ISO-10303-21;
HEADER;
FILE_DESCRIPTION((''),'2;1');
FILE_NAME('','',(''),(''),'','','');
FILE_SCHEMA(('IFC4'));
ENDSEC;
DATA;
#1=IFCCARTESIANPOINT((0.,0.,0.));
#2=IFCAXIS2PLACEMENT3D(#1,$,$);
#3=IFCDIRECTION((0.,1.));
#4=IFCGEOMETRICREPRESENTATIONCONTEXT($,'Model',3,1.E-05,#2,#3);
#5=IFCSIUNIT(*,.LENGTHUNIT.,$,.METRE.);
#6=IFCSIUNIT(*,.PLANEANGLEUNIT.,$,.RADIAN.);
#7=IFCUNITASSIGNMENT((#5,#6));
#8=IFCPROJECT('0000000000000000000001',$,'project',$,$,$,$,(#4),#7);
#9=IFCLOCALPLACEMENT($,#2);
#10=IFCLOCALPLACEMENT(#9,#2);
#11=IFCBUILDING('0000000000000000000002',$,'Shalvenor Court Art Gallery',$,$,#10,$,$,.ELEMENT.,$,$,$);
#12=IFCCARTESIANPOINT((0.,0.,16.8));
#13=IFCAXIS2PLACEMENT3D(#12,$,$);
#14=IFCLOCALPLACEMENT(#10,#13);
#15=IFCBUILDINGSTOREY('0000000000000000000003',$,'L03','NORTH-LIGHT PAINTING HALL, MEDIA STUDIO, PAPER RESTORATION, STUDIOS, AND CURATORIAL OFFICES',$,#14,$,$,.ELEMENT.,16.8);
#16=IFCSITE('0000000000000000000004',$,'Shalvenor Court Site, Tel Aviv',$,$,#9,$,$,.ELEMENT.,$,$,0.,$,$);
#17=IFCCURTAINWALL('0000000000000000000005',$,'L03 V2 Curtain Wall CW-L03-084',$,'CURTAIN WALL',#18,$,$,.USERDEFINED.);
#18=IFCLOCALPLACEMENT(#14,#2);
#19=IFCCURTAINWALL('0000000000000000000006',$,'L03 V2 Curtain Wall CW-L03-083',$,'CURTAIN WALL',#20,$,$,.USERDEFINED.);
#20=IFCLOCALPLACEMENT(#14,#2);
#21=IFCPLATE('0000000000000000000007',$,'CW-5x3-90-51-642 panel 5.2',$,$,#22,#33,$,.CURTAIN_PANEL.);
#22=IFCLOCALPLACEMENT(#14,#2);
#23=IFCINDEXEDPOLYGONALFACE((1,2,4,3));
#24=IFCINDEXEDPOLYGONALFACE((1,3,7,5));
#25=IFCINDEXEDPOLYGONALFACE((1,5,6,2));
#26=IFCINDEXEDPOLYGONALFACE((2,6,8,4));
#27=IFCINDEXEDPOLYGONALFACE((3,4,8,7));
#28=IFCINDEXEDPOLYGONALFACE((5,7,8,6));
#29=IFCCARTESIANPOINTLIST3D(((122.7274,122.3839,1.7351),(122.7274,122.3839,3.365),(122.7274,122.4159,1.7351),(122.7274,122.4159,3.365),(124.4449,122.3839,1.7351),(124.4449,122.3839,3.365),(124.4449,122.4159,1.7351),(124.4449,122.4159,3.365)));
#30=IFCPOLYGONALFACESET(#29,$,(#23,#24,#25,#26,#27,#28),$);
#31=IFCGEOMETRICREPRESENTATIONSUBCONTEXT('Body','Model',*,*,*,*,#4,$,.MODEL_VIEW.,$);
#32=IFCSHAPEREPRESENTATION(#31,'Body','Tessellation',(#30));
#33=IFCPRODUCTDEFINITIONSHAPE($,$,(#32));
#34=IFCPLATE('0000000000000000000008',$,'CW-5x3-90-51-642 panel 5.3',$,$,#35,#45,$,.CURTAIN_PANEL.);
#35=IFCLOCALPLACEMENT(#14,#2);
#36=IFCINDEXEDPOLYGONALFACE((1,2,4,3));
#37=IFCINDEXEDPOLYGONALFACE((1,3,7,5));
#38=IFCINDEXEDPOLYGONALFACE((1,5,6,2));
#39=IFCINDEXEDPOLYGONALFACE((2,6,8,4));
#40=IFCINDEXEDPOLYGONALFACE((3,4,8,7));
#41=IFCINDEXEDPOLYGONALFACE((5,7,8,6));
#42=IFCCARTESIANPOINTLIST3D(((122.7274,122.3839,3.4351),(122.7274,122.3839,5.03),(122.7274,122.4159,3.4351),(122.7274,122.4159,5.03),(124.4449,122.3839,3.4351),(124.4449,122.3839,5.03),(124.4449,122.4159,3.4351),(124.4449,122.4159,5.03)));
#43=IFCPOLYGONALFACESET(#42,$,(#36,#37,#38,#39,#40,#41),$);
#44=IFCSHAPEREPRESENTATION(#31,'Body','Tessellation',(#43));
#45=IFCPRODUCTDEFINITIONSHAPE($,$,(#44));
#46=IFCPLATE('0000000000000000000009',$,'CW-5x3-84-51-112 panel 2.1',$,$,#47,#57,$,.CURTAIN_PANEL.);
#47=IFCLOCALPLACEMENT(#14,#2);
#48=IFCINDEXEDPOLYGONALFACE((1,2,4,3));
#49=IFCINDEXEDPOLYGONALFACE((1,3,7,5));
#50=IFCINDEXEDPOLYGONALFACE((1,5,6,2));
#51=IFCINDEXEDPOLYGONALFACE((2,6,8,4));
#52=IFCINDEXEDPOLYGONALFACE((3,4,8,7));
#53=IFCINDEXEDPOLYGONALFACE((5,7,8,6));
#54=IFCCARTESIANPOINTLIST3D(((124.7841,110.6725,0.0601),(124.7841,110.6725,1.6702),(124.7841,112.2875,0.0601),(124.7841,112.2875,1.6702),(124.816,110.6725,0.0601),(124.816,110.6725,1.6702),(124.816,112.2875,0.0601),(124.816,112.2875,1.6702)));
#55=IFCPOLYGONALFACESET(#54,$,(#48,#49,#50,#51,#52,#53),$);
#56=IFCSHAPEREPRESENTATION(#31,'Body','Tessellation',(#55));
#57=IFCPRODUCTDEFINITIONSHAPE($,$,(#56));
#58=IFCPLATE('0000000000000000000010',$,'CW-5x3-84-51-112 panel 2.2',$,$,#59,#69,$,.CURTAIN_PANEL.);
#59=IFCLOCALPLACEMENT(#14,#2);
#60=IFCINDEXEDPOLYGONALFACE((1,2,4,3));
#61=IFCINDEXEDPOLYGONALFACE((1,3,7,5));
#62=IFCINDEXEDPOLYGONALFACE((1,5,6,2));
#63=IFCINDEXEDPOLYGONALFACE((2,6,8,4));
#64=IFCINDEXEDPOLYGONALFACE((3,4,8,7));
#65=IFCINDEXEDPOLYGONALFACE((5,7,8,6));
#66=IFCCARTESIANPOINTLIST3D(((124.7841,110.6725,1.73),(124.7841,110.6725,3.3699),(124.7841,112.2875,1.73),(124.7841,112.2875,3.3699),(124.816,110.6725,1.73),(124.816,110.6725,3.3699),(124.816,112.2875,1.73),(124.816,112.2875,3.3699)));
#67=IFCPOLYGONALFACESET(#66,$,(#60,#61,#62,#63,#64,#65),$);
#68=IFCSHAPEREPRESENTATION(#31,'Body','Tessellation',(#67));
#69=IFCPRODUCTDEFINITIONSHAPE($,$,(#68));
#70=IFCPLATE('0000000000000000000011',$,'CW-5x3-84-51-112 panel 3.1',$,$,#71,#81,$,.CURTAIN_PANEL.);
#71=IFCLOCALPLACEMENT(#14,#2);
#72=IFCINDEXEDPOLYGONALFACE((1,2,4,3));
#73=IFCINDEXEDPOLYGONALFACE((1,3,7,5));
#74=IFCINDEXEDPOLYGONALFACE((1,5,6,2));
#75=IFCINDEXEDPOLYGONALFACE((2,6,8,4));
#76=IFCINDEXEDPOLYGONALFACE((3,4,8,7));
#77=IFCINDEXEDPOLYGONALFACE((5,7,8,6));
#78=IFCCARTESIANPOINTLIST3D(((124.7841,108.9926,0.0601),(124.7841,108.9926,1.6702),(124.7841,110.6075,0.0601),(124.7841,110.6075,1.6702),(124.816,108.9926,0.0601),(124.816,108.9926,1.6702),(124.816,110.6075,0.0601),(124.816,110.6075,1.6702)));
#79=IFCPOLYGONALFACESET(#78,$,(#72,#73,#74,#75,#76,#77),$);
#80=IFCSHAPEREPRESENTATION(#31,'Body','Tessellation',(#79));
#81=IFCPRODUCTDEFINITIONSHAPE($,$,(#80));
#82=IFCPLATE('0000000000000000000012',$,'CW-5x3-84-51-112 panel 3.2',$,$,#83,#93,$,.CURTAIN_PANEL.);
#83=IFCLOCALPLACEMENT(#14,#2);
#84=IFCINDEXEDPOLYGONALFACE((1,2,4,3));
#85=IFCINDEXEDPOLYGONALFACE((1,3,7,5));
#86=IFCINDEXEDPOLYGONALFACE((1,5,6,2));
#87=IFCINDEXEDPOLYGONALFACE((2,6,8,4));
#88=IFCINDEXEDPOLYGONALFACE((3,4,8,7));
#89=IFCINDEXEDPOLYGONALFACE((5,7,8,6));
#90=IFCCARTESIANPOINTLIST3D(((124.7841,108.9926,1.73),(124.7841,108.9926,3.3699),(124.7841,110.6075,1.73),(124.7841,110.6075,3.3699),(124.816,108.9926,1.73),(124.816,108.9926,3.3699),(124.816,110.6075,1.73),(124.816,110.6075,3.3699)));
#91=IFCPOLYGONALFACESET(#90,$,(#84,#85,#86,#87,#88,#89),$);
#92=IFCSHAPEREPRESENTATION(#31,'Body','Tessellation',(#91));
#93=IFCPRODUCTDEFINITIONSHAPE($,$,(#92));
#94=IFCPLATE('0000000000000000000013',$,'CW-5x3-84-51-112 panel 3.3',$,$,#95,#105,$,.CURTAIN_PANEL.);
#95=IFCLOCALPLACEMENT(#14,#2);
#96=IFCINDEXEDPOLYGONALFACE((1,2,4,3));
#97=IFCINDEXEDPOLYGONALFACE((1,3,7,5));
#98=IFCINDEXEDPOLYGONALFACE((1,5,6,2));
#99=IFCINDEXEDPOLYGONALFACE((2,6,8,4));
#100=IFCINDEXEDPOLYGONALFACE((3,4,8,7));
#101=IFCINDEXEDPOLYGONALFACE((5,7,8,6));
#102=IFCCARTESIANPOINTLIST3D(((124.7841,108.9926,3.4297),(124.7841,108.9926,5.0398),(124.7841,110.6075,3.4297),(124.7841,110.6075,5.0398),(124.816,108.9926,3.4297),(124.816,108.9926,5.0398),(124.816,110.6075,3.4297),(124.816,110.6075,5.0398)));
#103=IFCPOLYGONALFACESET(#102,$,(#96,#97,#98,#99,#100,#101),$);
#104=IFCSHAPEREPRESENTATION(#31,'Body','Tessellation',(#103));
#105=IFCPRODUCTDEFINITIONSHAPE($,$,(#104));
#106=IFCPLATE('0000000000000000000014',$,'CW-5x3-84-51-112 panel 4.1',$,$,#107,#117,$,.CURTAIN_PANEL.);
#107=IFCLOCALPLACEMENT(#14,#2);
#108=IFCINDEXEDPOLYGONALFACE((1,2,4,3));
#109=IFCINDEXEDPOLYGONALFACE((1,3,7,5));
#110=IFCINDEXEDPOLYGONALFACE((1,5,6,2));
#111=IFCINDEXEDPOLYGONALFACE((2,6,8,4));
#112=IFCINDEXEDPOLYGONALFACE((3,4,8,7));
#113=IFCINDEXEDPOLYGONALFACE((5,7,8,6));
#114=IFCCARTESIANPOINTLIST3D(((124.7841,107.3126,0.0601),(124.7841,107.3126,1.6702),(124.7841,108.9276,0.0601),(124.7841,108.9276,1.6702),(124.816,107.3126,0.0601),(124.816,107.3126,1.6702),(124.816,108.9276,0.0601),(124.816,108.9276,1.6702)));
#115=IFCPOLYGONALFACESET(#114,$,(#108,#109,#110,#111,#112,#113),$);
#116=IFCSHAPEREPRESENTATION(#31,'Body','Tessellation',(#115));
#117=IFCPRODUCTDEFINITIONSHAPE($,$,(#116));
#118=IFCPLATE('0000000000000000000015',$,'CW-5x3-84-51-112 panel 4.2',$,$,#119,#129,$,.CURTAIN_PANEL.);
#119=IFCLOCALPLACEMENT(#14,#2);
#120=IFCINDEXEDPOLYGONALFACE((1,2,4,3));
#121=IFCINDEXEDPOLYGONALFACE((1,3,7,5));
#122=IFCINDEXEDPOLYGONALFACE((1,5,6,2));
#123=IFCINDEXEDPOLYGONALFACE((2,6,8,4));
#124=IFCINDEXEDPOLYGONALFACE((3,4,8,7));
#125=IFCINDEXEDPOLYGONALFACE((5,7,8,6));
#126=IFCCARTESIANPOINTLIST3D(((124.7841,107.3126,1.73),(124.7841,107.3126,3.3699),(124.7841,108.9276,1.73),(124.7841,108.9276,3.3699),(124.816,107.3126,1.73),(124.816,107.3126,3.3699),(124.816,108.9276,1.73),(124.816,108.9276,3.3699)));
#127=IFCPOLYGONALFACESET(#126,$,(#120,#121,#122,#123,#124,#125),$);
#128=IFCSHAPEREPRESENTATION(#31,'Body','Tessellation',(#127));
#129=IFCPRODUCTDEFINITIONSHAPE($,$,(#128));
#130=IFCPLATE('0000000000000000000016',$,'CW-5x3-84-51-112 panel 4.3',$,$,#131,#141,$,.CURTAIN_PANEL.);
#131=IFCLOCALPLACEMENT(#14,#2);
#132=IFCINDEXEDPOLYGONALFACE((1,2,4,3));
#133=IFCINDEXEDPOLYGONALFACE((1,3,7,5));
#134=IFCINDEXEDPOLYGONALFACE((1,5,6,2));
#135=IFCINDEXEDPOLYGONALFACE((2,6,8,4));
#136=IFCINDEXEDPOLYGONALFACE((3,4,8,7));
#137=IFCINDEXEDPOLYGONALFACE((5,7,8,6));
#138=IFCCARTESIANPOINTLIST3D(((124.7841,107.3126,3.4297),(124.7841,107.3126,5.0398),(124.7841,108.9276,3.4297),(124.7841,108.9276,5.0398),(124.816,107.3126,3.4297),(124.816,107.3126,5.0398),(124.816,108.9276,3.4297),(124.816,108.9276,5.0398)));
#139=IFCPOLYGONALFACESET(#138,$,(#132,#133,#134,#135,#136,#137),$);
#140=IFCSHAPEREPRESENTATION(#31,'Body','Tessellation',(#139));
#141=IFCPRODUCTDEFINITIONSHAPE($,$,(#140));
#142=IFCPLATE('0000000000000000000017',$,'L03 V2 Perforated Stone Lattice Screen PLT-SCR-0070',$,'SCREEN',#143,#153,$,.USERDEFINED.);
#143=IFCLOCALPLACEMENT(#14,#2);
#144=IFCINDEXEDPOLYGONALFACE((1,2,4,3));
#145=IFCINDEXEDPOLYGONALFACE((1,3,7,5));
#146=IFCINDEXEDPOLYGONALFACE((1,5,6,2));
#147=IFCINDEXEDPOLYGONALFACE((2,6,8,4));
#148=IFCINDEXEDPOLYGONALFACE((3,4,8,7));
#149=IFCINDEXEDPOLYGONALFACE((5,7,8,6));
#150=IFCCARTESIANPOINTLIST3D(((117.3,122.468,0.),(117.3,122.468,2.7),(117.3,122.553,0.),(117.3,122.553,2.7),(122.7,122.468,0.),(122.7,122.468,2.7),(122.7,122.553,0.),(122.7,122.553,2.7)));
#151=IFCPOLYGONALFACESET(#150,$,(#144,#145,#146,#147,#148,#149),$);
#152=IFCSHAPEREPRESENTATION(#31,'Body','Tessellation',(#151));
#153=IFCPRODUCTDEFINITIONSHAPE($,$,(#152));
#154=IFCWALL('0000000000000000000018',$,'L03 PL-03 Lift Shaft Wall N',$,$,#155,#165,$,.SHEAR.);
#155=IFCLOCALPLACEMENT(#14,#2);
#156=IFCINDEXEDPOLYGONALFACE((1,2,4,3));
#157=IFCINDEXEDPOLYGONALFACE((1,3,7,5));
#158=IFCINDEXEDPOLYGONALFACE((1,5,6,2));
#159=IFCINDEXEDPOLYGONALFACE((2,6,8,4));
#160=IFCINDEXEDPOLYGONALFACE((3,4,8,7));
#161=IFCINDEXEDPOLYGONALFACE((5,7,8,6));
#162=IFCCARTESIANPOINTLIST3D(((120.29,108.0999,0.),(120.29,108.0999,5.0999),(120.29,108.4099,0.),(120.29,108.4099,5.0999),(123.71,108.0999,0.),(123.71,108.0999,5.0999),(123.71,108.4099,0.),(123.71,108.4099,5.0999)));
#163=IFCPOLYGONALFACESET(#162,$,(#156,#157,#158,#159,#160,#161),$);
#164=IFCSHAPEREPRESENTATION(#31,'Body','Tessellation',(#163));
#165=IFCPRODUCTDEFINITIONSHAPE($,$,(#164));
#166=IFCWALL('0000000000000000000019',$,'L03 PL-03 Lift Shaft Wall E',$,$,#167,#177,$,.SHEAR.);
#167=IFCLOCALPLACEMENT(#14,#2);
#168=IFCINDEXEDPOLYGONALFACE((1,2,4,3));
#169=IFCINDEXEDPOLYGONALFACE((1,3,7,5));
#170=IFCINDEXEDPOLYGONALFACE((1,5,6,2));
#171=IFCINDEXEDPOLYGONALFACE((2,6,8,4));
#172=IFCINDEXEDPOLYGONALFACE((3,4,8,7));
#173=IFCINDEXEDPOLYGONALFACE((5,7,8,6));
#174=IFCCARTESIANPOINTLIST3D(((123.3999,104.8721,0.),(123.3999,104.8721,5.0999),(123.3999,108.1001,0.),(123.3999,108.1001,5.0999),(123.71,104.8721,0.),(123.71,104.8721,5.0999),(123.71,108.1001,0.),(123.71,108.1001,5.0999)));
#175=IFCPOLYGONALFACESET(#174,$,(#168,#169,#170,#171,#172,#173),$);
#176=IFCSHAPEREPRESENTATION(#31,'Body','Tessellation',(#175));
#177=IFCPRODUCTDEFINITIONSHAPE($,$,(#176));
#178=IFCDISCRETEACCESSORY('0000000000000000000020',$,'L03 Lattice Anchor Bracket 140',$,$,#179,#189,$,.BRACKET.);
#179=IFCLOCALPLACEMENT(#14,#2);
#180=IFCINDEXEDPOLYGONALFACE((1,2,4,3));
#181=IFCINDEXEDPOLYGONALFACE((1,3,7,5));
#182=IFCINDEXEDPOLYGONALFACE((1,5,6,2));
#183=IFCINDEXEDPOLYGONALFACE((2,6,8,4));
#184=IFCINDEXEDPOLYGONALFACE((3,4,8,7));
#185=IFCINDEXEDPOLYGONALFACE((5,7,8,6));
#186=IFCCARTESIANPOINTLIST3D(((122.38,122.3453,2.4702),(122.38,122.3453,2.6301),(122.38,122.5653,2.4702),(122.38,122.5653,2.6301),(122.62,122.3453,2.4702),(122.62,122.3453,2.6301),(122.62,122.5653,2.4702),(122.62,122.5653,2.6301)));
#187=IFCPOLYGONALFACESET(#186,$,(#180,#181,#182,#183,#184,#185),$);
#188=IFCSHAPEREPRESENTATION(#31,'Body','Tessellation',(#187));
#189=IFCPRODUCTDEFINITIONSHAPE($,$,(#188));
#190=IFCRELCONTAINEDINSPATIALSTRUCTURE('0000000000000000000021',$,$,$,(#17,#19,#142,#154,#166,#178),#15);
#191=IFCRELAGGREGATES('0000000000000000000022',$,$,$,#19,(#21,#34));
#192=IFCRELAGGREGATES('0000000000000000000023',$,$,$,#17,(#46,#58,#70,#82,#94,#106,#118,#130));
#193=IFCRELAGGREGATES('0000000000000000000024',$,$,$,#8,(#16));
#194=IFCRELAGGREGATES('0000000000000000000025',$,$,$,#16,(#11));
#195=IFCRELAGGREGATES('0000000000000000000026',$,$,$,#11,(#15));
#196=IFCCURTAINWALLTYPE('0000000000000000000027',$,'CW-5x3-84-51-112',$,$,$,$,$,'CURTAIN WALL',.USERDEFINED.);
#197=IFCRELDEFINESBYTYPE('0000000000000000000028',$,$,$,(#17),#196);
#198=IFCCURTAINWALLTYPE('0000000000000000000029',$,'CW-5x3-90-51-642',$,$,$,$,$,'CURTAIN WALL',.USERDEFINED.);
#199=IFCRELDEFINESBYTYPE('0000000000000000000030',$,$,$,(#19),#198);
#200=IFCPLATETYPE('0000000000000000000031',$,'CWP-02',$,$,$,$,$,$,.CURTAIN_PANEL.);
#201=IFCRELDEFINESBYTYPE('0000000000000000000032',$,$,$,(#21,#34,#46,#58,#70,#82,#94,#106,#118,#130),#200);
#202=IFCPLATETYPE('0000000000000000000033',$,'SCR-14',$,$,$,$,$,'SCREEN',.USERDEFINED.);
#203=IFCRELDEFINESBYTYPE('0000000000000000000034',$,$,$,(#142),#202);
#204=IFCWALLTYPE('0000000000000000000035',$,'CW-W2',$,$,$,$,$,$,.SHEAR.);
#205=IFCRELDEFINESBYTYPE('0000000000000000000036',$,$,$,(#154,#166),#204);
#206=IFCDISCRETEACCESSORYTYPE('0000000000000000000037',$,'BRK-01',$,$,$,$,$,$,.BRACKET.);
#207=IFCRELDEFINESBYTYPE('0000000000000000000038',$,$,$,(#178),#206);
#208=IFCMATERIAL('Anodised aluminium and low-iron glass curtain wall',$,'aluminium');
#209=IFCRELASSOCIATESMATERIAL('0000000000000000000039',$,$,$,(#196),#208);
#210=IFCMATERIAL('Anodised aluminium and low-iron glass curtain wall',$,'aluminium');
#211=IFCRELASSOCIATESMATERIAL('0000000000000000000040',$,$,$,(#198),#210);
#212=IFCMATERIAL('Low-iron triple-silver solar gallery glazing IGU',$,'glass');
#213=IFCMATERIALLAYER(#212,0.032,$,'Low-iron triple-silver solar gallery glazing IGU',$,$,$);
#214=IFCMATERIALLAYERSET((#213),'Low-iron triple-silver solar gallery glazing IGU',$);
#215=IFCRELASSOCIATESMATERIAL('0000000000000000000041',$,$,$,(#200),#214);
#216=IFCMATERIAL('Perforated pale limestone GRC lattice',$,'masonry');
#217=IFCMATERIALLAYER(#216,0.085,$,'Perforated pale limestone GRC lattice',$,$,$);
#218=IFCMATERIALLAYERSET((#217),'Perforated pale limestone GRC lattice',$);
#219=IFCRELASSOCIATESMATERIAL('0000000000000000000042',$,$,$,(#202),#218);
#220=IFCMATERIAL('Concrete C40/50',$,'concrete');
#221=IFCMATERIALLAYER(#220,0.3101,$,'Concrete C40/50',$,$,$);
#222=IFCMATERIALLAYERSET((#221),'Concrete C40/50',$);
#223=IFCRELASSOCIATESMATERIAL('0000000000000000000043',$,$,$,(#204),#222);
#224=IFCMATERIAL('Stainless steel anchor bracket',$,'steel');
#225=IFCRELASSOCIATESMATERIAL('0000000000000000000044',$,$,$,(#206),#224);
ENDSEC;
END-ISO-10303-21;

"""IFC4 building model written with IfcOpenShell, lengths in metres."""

from ifc_helpers import new_model, si_unit, direction, frame, frame_2d, origin, origin_2d, place, context, subcontext, project, spatial, rectangle, extrude, material, layer, layer_set, type_object, element, aggregate, save


model = new_model("IFC4")

# Units and contexts
model_context = context("Model", 3, precision=1e-05, world=origin(), true_north=direction((0.0, 1.0)))
body_context = subcontext(model_context, "Body", "Model", "MODEL_VIEW")
ifc_project = project(units=[si_unit("LENGTHUNIT", "METRE"), si_unit("PLANEANGLEUNIT", "RADIAN")], contexts=[model_context])

# Site, building, storey
site_placement = place(None, origin())
site = spatial("IfcSite", under=ifc_project, at=site_placement, Name="Shalvenor Court Site, Tel Aviv", CompositionType="ELEMENT", RefElevation=0.0)
building_placement = place(site_placement, origin())
building = spatial("IfcBuilding", under=site, at=building_placement, Name="Shalvenor Court Art Gallery", CompositionType="ELEMENT")
storey_placement = place(building_placement, frame((0.0, 0.0, 16.8)))
storey = spatial("IfcBuildingStorey", under=building, at=storey_placement, Name="L03", Description="NORTH-LIGHT PAINTING HALL, MEDIA STUDIO, PAPER RESTORATION, STUDIOS, AND CURATORIAL OFFICES", CompositionType="ELEMENT", Elevation=16.8)

# Curtain wall
ifc_material_1 = material(Name="Anodised aluminium and low-iron glass curtain wall", Category="aluminium")
curtain_wall_type_1 = type_object("IfcCurtainWallType", Name="CW-5x3-84-51-112", ElementType="CURTAIN WALL", PredefinedType="USERDEFINED", material=ifc_material_1)
curtain_wall_1_placement = place(storey_placement, origin())
curtain_wall_1 = element("IfcCurtainWall", 1, at=curtain_wall_1_placement, inside=storey, type_object=curtain_wall_type_1, Name="L03 V2 Curtain Wall CW-L03-084", ObjectType="CURTAIN WALL", PredefinedType="USERDEFINED")

# Curtain wall, plates
ifc_material_2 = material(Name="Anodised aluminium and low-iron glass curtain wall", Category="aluminium")
curtain_wall_type_2 = type_object("IfcCurtainWallType", Name="CW-5x3-90-51-642", ElementType="CURTAIN WALL", PredefinedType="USERDEFINED", material=ifc_material_2)
curtain_wall_2_placement = place(storey_placement, origin())
curtain_wall_2 = element("IfcCurtainWall", 2, at=curtain_wall_2_placement, inside=storey, type_object=curtain_wall_type_2, Name="L03 V2 Curtain Wall CW-L03-083", ObjectType="CURTAIN WALL", PredefinedType="USERDEFINED")
ifc_material_3 = material(Name="Low-iron triple-silver solar gallery glazing IGU", Category="glass")
ifc_layer_1 = layer(ifc_material_3, 0.032, Name="Low-iron triple-silver solar gallery glazing IGU")
ifc_layer_set_1 = layer_set([ifc_layer_1], Name="Low-iron triple-silver solar gallery glazing IGU")
plate_type_1 = type_object("IfcPlateType", Name="CWP-02", PredefinedType="CURTAIN_PANEL", material=ifc_layer_set_1)
plate_1_placement = place(storey_placement, frame((123.5862, 122.3999, 1.7351), z_axis=(0.0, 0.0, 1.0), x_axis=(1.0, 0.0, 0.0)))
plate_1 = element("IfcPlate", 3, at=plate_1_placement, type_object=plate_type_1, Name="CW-5x3-90-51-642 panel 5.2", PredefinedType="CURTAIN_PANEL", context=body_context, shape_type="SweptSolid", body=[
    extrude(rectangle(XDim=1.7175, YDim=0.032, at=origin_2d()), origin(), (0.0, 0.0, 1.0), 1.6299),
])
plate_2_placement = place(storey_placement, frame((123.5862, 122.3999, 3.4351), z_axis=(0.0, 0.0, 1.0), x_axis=(1.0, 0.0, 0.0)))
plate_2 = element("IfcPlate", 4, at=plate_2_placement, type_object=plate_type_1, Name="CW-5x3-90-51-642 panel 5.3", PredefinedType="CURTAIN_PANEL", context=body_context, shape_type="SweptSolid", body=[
    extrude(rectangle(XDim=1.7175, YDim=0.032, at=origin_2d()), origin(), (0.0, 0.0, 1.0), 1.595),
])
aggregate(curtain_wall_2, [plate_1, plate_2])

# Plates
plate_3_placement = place(storey_placement, frame((124.8, 111.48, 0.0601), z_axis=(0.0, 0.0, 1.0), x_axis=(0.0, -1.0, 0.0)))
plate_3 = element("IfcPlate", 5, at=plate_3_placement, type_object=plate_type_1, Name="CW-5x3-84-51-112 panel 2.1", PredefinedType="CURTAIN_PANEL", context=body_context, shape_type="SweptSolid", body=[
    extrude(rectangle(XDim=1.615, YDim=0.032, at=origin_2d()), origin(), (0.0, 0.0, 1.0), 1.6101),
])
plate_4_placement = place(storey_placement, frame((124.8, 111.48, 1.73), z_axis=(0.0, 0.0, 1.0), x_axis=(0.0, -1.0, 0.0)))
plate_4 = element("IfcPlate", 6, at=plate_4_placement, type_object=plate_type_1, Name="CW-5x3-84-51-112 panel 2.2", PredefinedType="CURTAIN_PANEL", context=body_context, shape_type="SweptSolid", body=[
    extrude(rectangle(XDim=1.615, YDim=0.032, at=origin_2d()), origin(), (0.0, 0.0, 1.0), 1.6399),
])
plate_5_placement = place(storey_placement, frame((124.8, 109.8, 0.0601), z_axis=(0.0, 0.0, 1.0), x_axis=(0.0, -1.0, 0.0)))
plate_5 = element("IfcPlate", 7, at=plate_5_placement, type_object=plate_type_1, Name="CW-5x3-84-51-112 panel 3.1", PredefinedType="CURTAIN_PANEL", context=body_context, shape_type="SweptSolid", body=[
    extrude(rectangle(XDim=1.615, YDim=0.032, at=origin_2d()), origin(), (0.0, 0.0, 1.0), 1.6101),
])
plate_6_placement = place(storey_placement, frame((124.8, 109.8, 1.73), z_axis=(0.0, 0.0, 1.0), x_axis=(0.0, -1.0, 0.0)))
plate_6 = element("IfcPlate", 8, at=plate_6_placement, type_object=plate_type_1, Name="CW-5x3-84-51-112 panel 3.2", PredefinedType="CURTAIN_PANEL", context=body_context, shape_type="SweptSolid", body=[
    extrude(rectangle(XDim=1.615, YDim=0.032, at=origin_2d()), origin(), (0.0, 0.0, 1.0), 1.6399),
])
plate_7_placement = place(storey_placement, frame((124.8, 109.8, 3.4297), z_axis=(0.0, 0.0, 1.0), x_axis=(0.0, -1.0, 0.0)))
plate_7 = element("IfcPlate", 9, at=plate_7_placement, type_object=plate_type_1, Name="CW-5x3-84-51-112 panel 3.3", PredefinedType="CURTAIN_PANEL", context=body_context, shape_type="SweptSolid", body=[
    extrude(rectangle(XDim=1.615, YDim=0.032, at=origin_2d()), origin(), (0.0, 0.0, 1.0), 1.6101),
])
plate_8_placement = place(storey_placement, frame((124.8, 108.1201, 0.0601), z_axis=(0.0, 0.0, 1.0), x_axis=(0.0, -1.0, 0.0)))
plate_8 = element("IfcPlate", 10, at=plate_8_placement, type_object=plate_type_1, Name="CW-5x3-84-51-112 panel 4.1", PredefinedType="CURTAIN_PANEL", context=body_context, shape_type="SweptSolid", body=[
    extrude(rectangle(XDim=1.615, YDim=0.032, at=origin_2d()), origin(), (0.0, 0.0, 1.0), 1.6101),
])
plate_9_placement = place(storey_placement, frame((124.8, 108.1201, 1.73), z_axis=(0.0, 0.0, 1.0), x_axis=(0.0, -1.0, 0.0)))
plate_9 = element("IfcPlate", 11, at=plate_9_placement, type_object=plate_type_1, Name="CW-5x3-84-51-112 panel 4.2", PredefinedType="CURTAIN_PANEL", context=body_context, shape_type="SweptSolid", body=[
    extrude(rectangle(XDim=1.615, YDim=0.032, at=origin_2d()), origin(), (0.0, 0.0, 1.0), 1.6399),
])
plate_10_placement = place(storey_placement, frame((124.8, 108.1201, 3.4297), z_axis=(0.0, 0.0, 1.0), x_axis=(0.0, -1.0, 0.0)))
plate_10 = element("IfcPlate", 12, at=plate_10_placement, type_object=plate_type_1, Name="CW-5x3-84-51-112 panel 4.3", PredefinedType="CURTAIN_PANEL", context=body_context, shape_type="SweptSolid", body=[
    extrude(rectangle(XDim=1.615, YDim=0.032, at=origin_2d()), origin(), (0.0, 0.0, 1.0), 1.6101),
])
aggregate(curtain_wall_1, [plate_3, plate_4, plate_5, plate_6, plate_7, plate_8, plate_9, plate_10])
ifc_material_4 = material(Name="Perforated pale limestone GRC lattice", Category="masonry")
ifc_layer_2 = layer(ifc_material_4, 0.085, Name="Perforated pale limestone GRC lattice")
ifc_layer_set_2 = layer_set([ifc_layer_2], Name="Perforated pale limestone GRC lattice")
plate_type_2 = type_object("IfcPlateType", Name="SCR-14", ElementType="SCREEN", PredefinedType="USERDEFINED", material=ifc_layer_set_2)
plate_11_placement = place(storey_placement, frame((120.0, 122.5105, 0.0), z_axis=(0.0, 0.0, 1.0), x_axis=(1.0, 0.0, 0.0)))
element("IfcPlate", 13, at=plate_11_placement, inside=storey, type_object=plate_type_2, Name="L03 V2 Perforated Stone Lattice Screen PLT-SCR-0070", ObjectType="SCREEN", PredefinedType="USERDEFINED", context=body_context, shape_type="SweptSolid", body=[
    extrude(rectangle(XDim=5.3999, YDim=0.085, at=origin_2d()), origin(), (0.0, 0.0, 1.0), 2.7),
])

# Walls
ifc_material_5 = material(Name="Concrete C40/50", Category="concrete")
ifc_layer_3 = layer(ifc_material_5, 0.3101, Name="Concrete C40/50")
ifc_layer_set_3 = layer_set([ifc_layer_3], Name="Concrete C40/50")
wall_type = type_object("IfcWallType", Name="CW-W2", PredefinedType="SHEAR", material=ifc_layer_set_3)
wall_1_placement = place(storey_placement, frame((120.29, 108.2549, 0.0), z_axis=(0.0, 0.0, 1.0), x_axis=(1.0, 0.0, 0.0)))
element("IfcWall", 14, at=wall_1_placement, inside=storey, type_object=wall_type, Name="L03 PL-03 Lift Shaft Wall N", PredefinedType="SHEAR", context=body_context, shape_type="SweptSolid", body=[
    extrude(rectangle(XDim=3.4199, YDim=0.3101, at=frame_2d((1.71, 0.0))), origin(), (0.0, 0.0, 1.0), 5.0999),
])
wall_2_placement = place(storey_placement, frame((123.5549, 108.1001, 0.0), z_axis=(0.0, 0.0, 1.0), x_axis=(0.0, -1.0, 0.0)))
element("IfcWall", 15, at=wall_2_placement, inside=storey, type_object=wall_type, Name="L03 PL-03 Lift Shaft Wall E", PredefinedType="SHEAR", context=body_context, shape_type="SweptSolid", body=[
    extrude(rectangle(XDim=3.228, YDim=0.3101, at=frame_2d((1.614, 0.0))), origin(), (0.0, 0.0, 1.0), 5.0999),
])

# Discrete accessory
ifc_material_6 = material(Name="Stainless steel anchor bracket", Category="steel")
discrete_accessory_type = type_object("IfcDiscreteAccessoryType", Name="BRK-01", PredefinedType="BRACKET", material=ifc_material_6)
discrete_accessory_placement = place(storey_placement, frame((122.5, 122.4553, 2.4702), z_axis=(0.0, 0.0, 1.0), x_axis=(1.0, 0.0, 0.0)))
element("IfcDiscreteAccessory", 16, at=discrete_accessory_placement, inside=storey, type_object=discrete_accessory_type, Name="L03 Lattice Anchor Bracket 140", PredefinedType="BRACKET", context=body_context, shape_type="SweptSolid", body=[
    extrude(rectangle(XDim=0.24, YDim=0.22, at=origin_2d()), origin(), (0.0, 0.0, 1.0), 0.1599),
])

save(model, "model.ifc")
